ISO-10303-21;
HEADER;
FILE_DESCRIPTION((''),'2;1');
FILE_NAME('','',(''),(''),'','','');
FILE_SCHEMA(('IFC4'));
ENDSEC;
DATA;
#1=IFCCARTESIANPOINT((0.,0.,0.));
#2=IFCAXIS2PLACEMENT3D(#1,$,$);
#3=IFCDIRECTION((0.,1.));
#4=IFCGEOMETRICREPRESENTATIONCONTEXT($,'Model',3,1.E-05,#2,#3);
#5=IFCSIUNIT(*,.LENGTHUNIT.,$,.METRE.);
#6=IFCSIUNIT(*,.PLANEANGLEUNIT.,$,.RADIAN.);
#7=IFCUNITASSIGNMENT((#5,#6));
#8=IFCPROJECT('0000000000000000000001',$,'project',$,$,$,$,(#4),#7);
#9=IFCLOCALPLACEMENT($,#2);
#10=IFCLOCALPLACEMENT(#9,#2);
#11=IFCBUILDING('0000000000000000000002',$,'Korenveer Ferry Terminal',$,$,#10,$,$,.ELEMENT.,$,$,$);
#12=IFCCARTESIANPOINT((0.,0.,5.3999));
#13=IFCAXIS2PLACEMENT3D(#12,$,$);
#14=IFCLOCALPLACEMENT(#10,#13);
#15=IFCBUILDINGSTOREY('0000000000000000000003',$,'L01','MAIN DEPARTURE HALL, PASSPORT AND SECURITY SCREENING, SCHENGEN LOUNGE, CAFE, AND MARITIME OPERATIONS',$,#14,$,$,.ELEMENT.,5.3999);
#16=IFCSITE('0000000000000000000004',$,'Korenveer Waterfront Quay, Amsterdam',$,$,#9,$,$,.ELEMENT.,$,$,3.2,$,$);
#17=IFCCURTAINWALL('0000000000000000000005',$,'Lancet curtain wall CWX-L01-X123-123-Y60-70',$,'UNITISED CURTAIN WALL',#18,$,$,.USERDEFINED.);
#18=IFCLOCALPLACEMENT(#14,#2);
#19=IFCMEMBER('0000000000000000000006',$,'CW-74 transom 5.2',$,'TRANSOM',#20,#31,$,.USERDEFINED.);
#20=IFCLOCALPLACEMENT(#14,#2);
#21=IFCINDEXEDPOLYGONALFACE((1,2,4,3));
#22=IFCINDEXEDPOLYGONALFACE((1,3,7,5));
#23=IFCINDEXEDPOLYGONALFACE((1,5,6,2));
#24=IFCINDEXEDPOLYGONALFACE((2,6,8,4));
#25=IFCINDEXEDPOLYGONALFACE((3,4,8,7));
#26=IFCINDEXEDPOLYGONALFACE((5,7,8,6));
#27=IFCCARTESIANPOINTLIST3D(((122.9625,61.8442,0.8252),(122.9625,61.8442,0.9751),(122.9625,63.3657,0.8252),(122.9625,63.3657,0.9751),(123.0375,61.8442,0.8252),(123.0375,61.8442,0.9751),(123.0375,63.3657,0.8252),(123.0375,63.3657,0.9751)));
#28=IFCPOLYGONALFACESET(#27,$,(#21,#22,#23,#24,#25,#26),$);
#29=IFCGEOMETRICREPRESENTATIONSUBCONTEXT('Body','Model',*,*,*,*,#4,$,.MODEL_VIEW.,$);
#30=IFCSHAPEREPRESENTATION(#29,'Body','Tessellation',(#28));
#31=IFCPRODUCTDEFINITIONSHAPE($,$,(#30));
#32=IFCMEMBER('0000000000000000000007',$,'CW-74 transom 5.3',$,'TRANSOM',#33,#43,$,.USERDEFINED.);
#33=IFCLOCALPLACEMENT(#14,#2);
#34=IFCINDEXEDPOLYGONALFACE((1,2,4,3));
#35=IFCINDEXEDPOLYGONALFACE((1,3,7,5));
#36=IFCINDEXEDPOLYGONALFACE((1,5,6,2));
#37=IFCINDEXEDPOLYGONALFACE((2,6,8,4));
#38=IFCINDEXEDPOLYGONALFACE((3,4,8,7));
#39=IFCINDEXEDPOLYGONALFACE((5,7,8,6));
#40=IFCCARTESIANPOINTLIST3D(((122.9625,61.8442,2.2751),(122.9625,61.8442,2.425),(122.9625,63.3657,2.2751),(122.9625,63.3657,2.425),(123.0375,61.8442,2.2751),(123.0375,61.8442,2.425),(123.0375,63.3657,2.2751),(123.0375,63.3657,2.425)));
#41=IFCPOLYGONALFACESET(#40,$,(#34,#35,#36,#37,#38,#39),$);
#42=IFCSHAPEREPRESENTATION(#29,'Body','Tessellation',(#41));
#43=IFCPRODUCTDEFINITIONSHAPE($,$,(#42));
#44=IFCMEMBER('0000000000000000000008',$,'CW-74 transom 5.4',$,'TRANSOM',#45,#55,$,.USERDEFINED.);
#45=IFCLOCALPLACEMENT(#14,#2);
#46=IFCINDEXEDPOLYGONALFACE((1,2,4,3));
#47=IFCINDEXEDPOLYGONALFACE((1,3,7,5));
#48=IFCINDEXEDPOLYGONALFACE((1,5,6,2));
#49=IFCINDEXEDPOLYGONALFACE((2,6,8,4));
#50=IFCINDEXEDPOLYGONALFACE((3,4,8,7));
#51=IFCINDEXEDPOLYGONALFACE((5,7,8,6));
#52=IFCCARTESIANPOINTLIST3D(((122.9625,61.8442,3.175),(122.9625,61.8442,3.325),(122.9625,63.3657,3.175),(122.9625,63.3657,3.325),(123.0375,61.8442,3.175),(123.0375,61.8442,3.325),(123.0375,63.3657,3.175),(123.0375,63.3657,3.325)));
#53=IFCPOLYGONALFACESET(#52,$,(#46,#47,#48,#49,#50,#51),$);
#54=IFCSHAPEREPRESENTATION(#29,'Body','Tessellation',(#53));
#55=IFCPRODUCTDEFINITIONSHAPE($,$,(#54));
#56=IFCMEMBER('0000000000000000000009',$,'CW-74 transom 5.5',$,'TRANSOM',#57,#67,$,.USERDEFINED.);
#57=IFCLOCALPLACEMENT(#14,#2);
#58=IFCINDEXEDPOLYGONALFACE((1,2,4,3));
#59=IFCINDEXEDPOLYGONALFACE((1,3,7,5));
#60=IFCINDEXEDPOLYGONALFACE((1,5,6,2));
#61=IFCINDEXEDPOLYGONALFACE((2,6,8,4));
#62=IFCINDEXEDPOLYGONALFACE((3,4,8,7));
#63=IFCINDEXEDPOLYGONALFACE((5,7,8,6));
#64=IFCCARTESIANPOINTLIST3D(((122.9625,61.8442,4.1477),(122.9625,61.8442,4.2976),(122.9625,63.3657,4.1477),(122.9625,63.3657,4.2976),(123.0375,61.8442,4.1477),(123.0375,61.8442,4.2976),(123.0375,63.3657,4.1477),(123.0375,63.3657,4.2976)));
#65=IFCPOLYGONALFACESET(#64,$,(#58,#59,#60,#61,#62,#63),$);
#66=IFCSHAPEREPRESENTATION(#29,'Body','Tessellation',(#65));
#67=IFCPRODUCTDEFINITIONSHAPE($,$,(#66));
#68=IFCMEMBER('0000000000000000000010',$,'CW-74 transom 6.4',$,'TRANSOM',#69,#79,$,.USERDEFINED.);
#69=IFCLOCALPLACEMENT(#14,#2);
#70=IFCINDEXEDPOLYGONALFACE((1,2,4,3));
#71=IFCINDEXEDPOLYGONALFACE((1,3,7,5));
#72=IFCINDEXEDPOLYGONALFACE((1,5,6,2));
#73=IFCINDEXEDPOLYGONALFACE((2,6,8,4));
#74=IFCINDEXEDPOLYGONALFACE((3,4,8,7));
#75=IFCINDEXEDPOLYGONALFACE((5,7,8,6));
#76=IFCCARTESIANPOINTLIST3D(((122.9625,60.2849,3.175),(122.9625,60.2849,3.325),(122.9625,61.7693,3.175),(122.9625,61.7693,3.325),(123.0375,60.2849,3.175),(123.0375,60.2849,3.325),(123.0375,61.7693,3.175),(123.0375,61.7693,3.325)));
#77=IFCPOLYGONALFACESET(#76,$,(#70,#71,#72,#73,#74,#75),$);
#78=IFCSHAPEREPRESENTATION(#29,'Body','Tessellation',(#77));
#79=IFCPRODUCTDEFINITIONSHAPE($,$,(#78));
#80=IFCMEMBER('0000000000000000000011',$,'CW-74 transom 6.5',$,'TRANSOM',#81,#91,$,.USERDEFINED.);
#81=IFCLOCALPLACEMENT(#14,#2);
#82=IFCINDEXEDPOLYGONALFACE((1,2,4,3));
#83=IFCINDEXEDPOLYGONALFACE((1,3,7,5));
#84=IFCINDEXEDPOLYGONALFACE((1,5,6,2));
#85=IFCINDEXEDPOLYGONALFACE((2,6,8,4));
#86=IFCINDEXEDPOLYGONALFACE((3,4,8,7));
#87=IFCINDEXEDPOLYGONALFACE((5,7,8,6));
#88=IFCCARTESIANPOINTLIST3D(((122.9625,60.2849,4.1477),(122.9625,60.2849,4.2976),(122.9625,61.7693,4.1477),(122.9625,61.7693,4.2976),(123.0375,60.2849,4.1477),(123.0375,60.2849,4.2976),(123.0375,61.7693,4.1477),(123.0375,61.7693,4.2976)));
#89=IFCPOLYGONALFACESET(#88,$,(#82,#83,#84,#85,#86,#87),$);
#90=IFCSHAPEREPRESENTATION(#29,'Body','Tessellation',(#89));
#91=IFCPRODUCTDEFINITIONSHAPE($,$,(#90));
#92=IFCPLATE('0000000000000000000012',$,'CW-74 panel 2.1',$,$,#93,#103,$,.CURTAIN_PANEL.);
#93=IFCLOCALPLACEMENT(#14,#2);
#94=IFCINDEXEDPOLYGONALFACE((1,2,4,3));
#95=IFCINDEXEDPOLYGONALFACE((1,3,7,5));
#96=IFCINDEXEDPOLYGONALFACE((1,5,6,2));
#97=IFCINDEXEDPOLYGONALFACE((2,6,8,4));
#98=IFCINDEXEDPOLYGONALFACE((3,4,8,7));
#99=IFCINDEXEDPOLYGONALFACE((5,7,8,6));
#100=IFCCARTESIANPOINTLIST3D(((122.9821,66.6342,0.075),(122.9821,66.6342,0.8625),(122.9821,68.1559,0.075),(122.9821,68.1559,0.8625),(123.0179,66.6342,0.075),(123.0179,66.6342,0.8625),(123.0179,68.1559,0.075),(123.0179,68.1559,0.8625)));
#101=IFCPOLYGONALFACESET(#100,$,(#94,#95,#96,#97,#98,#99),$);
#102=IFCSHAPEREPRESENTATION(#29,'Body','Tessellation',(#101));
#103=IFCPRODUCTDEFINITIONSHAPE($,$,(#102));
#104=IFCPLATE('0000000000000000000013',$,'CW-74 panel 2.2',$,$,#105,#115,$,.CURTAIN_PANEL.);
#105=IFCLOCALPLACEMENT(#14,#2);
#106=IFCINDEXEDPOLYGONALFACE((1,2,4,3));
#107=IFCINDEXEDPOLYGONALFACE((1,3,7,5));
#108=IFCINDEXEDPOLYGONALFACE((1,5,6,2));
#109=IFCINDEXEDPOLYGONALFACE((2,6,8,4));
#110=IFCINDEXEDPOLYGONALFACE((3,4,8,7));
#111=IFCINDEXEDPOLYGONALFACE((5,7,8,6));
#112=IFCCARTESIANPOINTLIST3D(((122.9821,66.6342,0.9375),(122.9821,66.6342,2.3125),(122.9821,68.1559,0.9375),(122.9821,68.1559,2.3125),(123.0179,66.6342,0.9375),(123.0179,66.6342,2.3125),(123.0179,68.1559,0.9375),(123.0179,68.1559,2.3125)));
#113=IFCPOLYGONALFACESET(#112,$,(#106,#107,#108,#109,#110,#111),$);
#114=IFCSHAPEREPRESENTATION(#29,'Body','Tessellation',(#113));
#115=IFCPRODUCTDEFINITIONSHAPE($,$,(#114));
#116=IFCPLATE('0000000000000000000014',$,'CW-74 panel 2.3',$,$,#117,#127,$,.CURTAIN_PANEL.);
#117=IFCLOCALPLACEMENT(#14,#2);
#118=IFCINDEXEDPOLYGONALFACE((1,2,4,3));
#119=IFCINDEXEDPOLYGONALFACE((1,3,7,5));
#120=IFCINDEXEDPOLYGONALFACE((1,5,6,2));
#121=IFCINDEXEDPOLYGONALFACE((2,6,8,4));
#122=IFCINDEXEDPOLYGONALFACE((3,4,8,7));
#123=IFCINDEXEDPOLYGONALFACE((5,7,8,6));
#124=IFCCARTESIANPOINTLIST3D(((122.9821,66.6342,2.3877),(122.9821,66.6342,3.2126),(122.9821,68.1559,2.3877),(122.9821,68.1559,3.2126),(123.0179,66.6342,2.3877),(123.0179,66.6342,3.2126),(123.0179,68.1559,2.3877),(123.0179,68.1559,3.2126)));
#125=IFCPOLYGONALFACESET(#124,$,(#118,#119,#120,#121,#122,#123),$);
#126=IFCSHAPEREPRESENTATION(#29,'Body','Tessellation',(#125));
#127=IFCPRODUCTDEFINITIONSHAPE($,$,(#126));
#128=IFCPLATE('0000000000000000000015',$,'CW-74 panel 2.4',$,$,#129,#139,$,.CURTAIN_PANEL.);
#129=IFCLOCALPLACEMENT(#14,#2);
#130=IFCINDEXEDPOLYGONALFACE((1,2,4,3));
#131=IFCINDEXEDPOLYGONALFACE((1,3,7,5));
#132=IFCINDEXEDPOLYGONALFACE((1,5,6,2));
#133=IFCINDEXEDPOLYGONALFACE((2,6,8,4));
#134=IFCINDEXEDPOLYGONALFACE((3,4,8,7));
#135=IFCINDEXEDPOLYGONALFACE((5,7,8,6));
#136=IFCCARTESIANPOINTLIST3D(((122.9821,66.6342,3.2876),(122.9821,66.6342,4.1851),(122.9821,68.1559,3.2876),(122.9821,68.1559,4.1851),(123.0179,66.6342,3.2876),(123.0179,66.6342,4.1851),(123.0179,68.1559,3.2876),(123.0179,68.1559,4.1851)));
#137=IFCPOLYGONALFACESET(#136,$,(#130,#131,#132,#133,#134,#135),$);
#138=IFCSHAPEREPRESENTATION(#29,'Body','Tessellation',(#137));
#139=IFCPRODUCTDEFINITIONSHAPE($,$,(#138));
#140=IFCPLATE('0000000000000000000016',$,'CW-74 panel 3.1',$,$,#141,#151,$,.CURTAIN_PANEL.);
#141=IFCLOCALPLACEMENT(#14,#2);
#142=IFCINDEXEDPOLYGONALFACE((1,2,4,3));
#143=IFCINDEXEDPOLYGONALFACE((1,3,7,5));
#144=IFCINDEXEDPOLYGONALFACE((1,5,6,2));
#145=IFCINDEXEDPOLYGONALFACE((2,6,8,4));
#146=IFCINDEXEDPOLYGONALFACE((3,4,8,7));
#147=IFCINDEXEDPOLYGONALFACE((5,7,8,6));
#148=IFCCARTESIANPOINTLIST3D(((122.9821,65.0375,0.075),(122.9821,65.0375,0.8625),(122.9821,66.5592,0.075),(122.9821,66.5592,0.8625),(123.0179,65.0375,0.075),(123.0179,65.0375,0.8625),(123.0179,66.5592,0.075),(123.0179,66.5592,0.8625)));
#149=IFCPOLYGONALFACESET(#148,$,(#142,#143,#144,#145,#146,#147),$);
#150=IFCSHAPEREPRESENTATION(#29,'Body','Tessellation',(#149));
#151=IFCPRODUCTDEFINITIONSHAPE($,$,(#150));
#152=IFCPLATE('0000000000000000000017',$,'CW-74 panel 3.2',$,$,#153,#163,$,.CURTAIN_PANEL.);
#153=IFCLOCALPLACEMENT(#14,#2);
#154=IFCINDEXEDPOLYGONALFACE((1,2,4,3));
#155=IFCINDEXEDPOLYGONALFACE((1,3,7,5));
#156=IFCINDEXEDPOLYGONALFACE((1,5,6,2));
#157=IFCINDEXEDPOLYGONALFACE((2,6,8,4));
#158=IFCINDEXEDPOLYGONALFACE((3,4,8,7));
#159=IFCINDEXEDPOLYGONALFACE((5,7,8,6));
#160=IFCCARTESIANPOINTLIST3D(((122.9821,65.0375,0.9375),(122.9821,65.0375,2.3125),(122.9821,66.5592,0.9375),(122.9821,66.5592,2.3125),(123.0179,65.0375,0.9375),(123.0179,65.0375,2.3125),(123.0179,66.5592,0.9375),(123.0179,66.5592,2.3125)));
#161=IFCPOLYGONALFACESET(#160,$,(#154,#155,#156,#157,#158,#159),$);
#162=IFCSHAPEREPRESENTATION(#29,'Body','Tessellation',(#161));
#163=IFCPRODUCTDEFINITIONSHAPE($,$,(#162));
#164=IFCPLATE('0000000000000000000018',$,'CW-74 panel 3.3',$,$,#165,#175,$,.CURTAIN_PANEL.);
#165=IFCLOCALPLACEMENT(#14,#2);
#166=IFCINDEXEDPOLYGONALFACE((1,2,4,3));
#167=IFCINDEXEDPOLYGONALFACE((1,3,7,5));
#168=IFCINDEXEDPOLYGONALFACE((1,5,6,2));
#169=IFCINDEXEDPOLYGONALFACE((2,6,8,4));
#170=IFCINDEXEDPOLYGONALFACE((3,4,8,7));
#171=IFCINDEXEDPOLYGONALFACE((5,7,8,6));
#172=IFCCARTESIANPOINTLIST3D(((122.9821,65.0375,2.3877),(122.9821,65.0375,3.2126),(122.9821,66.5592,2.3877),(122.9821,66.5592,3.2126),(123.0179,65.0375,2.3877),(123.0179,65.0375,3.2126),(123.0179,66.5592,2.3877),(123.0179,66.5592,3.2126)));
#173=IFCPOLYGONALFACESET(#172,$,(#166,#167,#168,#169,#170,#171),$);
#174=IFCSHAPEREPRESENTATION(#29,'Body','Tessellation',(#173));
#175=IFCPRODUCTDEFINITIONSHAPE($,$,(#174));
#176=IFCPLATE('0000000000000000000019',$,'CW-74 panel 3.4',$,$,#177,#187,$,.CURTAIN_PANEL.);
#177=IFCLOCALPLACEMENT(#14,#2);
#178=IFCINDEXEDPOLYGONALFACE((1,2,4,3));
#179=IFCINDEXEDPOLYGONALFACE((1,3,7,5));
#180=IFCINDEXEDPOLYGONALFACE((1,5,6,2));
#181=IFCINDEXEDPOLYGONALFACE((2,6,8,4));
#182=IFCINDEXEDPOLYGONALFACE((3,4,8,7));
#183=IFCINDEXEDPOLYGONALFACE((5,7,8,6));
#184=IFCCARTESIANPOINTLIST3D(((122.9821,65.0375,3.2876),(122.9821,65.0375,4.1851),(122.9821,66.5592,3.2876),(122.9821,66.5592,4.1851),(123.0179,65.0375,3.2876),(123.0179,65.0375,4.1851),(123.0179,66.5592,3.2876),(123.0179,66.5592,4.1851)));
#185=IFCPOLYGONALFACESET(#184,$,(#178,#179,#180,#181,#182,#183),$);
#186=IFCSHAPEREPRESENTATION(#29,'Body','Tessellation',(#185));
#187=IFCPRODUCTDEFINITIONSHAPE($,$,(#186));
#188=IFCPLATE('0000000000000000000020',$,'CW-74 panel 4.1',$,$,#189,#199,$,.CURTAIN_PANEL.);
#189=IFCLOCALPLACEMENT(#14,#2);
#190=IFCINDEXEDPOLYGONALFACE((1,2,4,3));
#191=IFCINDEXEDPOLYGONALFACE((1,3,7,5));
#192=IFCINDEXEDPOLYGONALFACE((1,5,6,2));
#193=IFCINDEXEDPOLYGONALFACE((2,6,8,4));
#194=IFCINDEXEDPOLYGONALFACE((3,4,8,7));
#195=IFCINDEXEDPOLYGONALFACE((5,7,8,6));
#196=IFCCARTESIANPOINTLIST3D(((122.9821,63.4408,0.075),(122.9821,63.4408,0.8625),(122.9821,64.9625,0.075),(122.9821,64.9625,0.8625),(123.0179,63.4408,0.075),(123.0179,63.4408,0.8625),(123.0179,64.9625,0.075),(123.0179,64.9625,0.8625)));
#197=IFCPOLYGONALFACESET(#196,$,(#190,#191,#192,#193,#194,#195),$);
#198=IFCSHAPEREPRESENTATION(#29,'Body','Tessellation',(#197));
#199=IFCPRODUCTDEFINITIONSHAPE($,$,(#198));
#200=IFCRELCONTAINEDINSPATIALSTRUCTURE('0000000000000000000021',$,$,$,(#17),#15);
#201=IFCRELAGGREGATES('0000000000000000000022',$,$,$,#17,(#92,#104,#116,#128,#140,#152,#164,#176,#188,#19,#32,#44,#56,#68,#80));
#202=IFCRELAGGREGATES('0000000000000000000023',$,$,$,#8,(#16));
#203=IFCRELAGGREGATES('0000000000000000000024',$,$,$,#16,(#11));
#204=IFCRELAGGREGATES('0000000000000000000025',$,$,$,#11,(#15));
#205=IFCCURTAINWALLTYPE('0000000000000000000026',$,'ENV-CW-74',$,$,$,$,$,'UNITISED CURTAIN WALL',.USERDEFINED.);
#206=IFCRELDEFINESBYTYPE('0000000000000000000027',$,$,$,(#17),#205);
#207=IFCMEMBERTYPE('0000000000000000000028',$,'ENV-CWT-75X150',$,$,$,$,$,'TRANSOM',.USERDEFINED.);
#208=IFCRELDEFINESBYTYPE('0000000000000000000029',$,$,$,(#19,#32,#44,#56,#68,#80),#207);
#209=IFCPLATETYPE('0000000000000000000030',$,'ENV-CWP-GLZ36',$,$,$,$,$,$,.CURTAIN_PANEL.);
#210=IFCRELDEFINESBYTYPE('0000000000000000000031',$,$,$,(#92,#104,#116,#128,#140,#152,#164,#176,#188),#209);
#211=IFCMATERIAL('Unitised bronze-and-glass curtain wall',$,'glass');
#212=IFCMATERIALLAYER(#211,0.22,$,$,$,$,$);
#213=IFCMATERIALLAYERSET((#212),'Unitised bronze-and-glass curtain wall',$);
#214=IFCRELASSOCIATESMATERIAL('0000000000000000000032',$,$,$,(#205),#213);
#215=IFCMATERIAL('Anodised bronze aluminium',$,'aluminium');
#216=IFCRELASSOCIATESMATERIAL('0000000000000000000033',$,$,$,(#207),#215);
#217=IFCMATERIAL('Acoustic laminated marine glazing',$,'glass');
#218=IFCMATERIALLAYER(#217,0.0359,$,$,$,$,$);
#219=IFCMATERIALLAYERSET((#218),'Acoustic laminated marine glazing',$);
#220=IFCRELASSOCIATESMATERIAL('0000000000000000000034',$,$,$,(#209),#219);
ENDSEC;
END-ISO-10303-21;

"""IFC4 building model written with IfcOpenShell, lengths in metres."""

from ifc_helpers import new_model, si_unit, direction, frame, origin, origin_2d, place, context, subcontext, project, spatial, rectangle, extrude, material, layer, layer_set, material_profile, profile_set, type_object, element, aggregate, save


model = new_model("IFC4")

# Units and contexts
model_context = context("Model", 3, precision=1e-05, world=origin(), true_north=direction((0.0, 1.0)))
body_context = subcontext(model_context, "Body", "Model", "MODEL_VIEW")
ifc_project = project(units=[si_unit("LENGTHUNIT", "METRE"), si_unit("PLANEANGLEUNIT", "RADIAN")], contexts=[model_context])

# Site, building, storey
site_placement = place(None, origin())
site = spatial("IfcSite", under=ifc_project, at=site_placement, Name="Korenveer Waterfront Quay, Amsterdam", CompositionType="ELEMENT", RefElevation=3.2)
building_placement = place(site_placement, origin())
building = spatial("IfcBuilding", under=site, at=building_placement, Name="Korenveer Ferry Terminal", CompositionType="ELEMENT")
storey_placement = place(building_placement, frame((0.0, 0.0, 5.3999)))
storey = spatial("IfcBuildingStorey", under=building, at=storey_placement, Name="L01", Description="MAIN DEPARTURE HALL, PASSPORT AND SECURITY SCREENING, SCHENGEN LOUNGE, CAFE, AND MARITIME OPERATIONS", CompositionType="ELEMENT", Elevation=5.3999)

# Curtain wall, members, plates
ifc_material_1 = material(Name="Unitised bronze-and-glass curtain wall", Category="glass")
ifc_layer_1 = layer(ifc_material_1, 0.22)
ifc_layer_set_1 = layer_set([ifc_layer_1], Name="Unitised bronze-and-glass curtain wall")
curtain_wall_type = type_object("IfcCurtainWallType", Name="ENV-CW-74", ElementType="UNITISED CURTAIN WALL", PredefinedType="USERDEFINED", material=ifc_layer_set_1)
curtain_wall_placement = place(storey_placement, frame((123.0, 69.79, 0.0)))
curtain_wall = element("IfcCurtainWall", 1, at=curtain_wall_placement, inside=storey, type_object=curtain_wall_type, Name="Lancet curtain wall CWX-L01-X123-123-Y60-70", ObjectType="UNITISED CURTAIN WALL", PredefinedType="USERDEFINED")
ifc_material_2 = material(Name="Anodised bronze aluminium", Category="aluminium")
ifc_material_profile_1 = material_profile(ifc_material_2, rectangle(XDim=0.075, YDim=0.1499, at=origin_2d()), Name="ALU 75x150")
ifc_profile_set_1 = profile_set([ifc_material_profile_1], Name="Anodised bronze aluminium")
member_type_1 = type_object("IfcMemberType", Name="ENV-CWT-75X150", ElementType="TRANSOM", PredefinedType="USERDEFINED", material=ifc_profile_set_1)
member_1_placement = place(storey_placement, frame((123.0, 63.3657, 0.9001), z_axis=(0.0, -1.0, 0.0), x_axis=(1.0, 0.0, 0.0)))
member_1 = element("IfcMember", 2, at=member_1_placement, type_object=member_type_1, Name="CW-74 transom 5.2", ObjectType="TRANSOM", PredefinedType="USERDEFINED", context=body_context, shape_type="SweptSolid", body=[
    extrude(rectangle(XDim=0.075, YDim=0.1499, at=origin_2d()), origin(), (0.0, 0.0, 1.0), 1.5215),
])
member_2_placement = place(storey_placement, frame((123.0, 63.3657, 2.3501), z_axis=(0.0, -1.0, 0.0), x_axis=(1.0, 0.0, 0.0)))
member_2 = element("IfcMember", 3, at=member_2_placement, type_object=member_type_1, Name="CW-74 transom 5.3", ObjectType="TRANSOM", PredefinedType="USERDEFINED", context=body_context, shape_type="SweptSolid", body=[
    extrude(rectangle(XDim=0.075, YDim=0.1499, at=origin_2d()), origin(), (0.0, 0.0, 1.0), 1.5215),
])
member_3_placement = place(storey_placement, frame((123.0, 63.3657, 3.25), z_axis=(0.0, -1.0, 0.0), x_axis=(1.0, 0.0, 0.0)))
member_3 = element("IfcMember", 4, at=member_3_placement, type_object=member_type_1, Name="CW-74 transom 5.4", ObjectType="TRANSOM", PredefinedType="USERDEFINED", context=body_context, shape_type="SweptSolid", body=[
    extrude(rectangle(XDim=0.075, YDim=0.1499, at=origin_2d()), origin(), (0.0, 0.0, 1.0), 1.5215),
])
member_4_placement = place(storey_placement, frame((123.0, 63.3657, 4.2227), z_axis=(0.0, -1.0, 0.0), x_axis=(1.0, 0.0, 0.0)))
member_4 = element("IfcMember", 5, at=member_4_placement, type_object=member_type_1, Name="CW-74 transom 5.5", ObjectType="TRANSOM", PredefinedType="USERDEFINED", context=body_context, shape_type="SweptSolid", body=[
    extrude(rectangle(XDim=0.075, YDim=0.1499, at=origin_2d()), origin(), (0.0, 0.0, 1.0), 1.5215),
])
member_5_placement = place(storey_placement, frame((123.0, 61.7693, 3.25), z_axis=(0.0, -1.0, 0.0), x_axis=(1.0, 0.0, 0.0)))
member_5 = element("IfcMember", 6, at=member_5_placement, type_object=member_type_1, Name="CW-74 transom 6.4", ObjectType="TRANSOM", PredefinedType="USERDEFINED", context=body_context, shape_type="SweptSolid", body=[
    extrude(rectangle(XDim=0.075, YDim=0.1499, at=origin_2d()), origin(), (0.0, 0.0, 1.0), 1.4844),
])
member_6_placement = place(storey_placement, frame((123.0, 61.7693, 4.2227), z_axis=(0.0, -1.0, 0.0), x_axis=(1.0, 0.0, 0.0)))
member_6 = element("IfcMember", 7, at=member_6_placement, type_object=member_type_1, Name="CW-74 transom 6.5", ObjectType="TRANSOM", PredefinedType="USERDEFINED", context=body_context, shape_type="SweptSolid", body=[
    extrude(rectangle(XDim=0.075, YDim=0.1499, at=origin_2d()), origin(), (0.0, 0.0, 1.0), 1.4844),
])
ifc_material_3 = material(Name="Acoustic laminated marine glazing", Category="glass")
ifc_layer_2 = layer(ifc_material_3, 0.0359)
ifc_layer_set_2 = layer_set([ifc_layer_2], Name="Acoustic laminated marine glazing")
plate_type = type_object("IfcPlateType", Name="ENV-CWP-GLZ36", PredefinedType="CURTAIN_PANEL", material=ifc_layer_set_2)
plate_1_placement = place(storey_placement, frame((123.0, 67.395, 0.075), z_axis=(0.0, 0.0, 1.0), x_axis=(0.0, -1.0, 0.0)))
plate_1 = element("IfcPlate", 8, at=plate_1_placement, type_object=plate_type, Name="CW-74 panel 2.1", PredefinedType="CURTAIN_PANEL", context=body_context, shape_type="SweptSolid", body=[
    extrude(rectangle(XDim=1.5217, YDim=0.0359, at=origin_2d()), origin(), (0.0, 0.0, 1.0), 0.7876),
])
plate_2_placement = place(storey_placement, frame((123.0, 67.395, 0.9375), z_axis=(0.0, 0.0, 1.0), x_axis=(0.0, -1.0, 0.0)))
plate_2 = element("IfcPlate", 9, at=plate_2_placement, type_object=plate_type, Name="CW-74 panel 2.2", PredefinedType="CURTAIN_PANEL", context=body_context, shape_type="SweptSolid", body=[
    extrude(rectangle(XDim=1.5217, YDim=0.0359, at=origin_2d()), origin(), (0.0, 0.0, 1.0), 1.375),
])
plate_3_placement = place(storey_placement, frame((123.0, 67.395, 2.3877), z_axis=(0.0, 0.0, 1.0), x_axis=(0.0, -1.0, 0.0)))
plate_3 = element("IfcPlate", 10, at=plate_3_placement, type_object=plate_type, Name="CW-74 panel 2.3", PredefinedType="CURTAIN_PANEL", context=body_context, shape_type="SweptSolid", body=[
    extrude(rectangle(XDim=1.5217, YDim=0.0359, at=origin_2d()), origin(), (0.0, 0.0, 1.0), 0.825),
])
plate_4_placement = place(storey_placement, frame((123.0, 67.395, 3.2876), z_axis=(0.0, 0.0, 1.0), x_axis=(0.0, -1.0, 0.0)))
plate_4 = element("IfcPlate", 11, at=plate_4_placement, type_object=plate_type, Name="CW-74 panel 2.4", PredefinedType="CURTAIN_PANEL", context=body_context, shape_type="SweptSolid", body=[
    extrude(rectangle(XDim=1.5217, YDim=0.0359, at=origin_2d()), origin(), (0.0, 0.0, 1.0), 0.8975),
])
plate_5_placement = place(storey_placement, frame((123.0, 65.7983, 0.075), z_axis=(0.0, 0.0, 1.0), x_axis=(0.0, -1.0, 0.0)))
plate_5 = element("IfcPlate", 12, at=plate_5_placement, type_object=plate_type, Name="CW-74 panel 3.1", PredefinedType="CURTAIN_PANEL", context=body_context, shape_type="SweptSolid", body=[
    extrude(rectangle(XDim=1.5217, YDim=0.0359, at=origin_2d()), origin(), (0.0, 0.0, 1.0), 0.7876),
])
plate_6_placement = place(storey_placement, frame((123.0, 65.7983, 0.9375), z_axis=(0.0, 0.0, 1.0), x_axis=(0.0, -1.0, 0.0)))
plate_6 = element("IfcPlate", 13, at=plate_6_placement, type_object=plate_type, Name="CW-74 panel 3.2", PredefinedType="CURTAIN_PANEL", context=body_context, shape_type="SweptSolid", body=[
    extrude(rectangle(XDim=1.5217, YDim=0.0359, at=origin_2d()), origin(), (0.0, 0.0, 1.0), 1.375),
])
plate_7_placement = place(storey_placement, frame((123.0, 65.7983, 2.3877), z_axis=(0.0, 0.0, 1.0), x_axis=(0.0, -1.0, 0.0)))
plate_7 = element("IfcPlate", 14, at=plate_7_placement, type_object=plate_type, Name="CW-74 panel 3.3", PredefinedType="CURTAIN_PANEL", context=body_context, shape_type="SweptSolid", body=[
    extrude(rectangle(XDim=1.5217, YDim=0.0359, at=origin_2d()), origin(), (0.0, 0.0, 1.0), 0.825),
])
plate_8_placement = place(storey_placement, frame((123.0, 65.7983, 3.2876), z_axis=(0.0, 0.0, 1.0), x_axis=(0.0, -1.0, 0.0)))
plate_8 = element("IfcPlate", 15, at=plate_8_placement, type_object=plate_type, Name="CW-74 panel 3.4", PredefinedType="CURTAIN_PANEL", context=body_context, shape_type="SweptSolid", body=[
    extrude(rectangle(XDim=1.5217, YDim=0.0359, at=origin_2d()), origin(), (0.0, 0.0, 1.0), 0.8975),
])
plate_9_placement = place(storey_placement, frame((123.0, 64.2017, 0.075), z_axis=(0.0, 0.0, 1.0), x_axis=(0.0, -1.0, 0.0)))
plate_9 = element("IfcPlate", 16, at=plate_9_placement, type_object=plate_type, Name="CW-74 panel 4.1", PredefinedType="CURTAIN_PANEL", context=body_context, shape_type="SweptSolid", body=[
    extrude(rectangle(XDim=1.5217, YDim=0.0359, at=origin_2d()), origin(), (0.0, 0.0, 1.0), 0.7876),
])
aggregate(curtain_wall, [plate_1, plate_2, plate_3, plate_4, plate_5, plate_6, plate_7, plate_8, plate_9, member_1, member_2, member_3, member_4, member_5, member_6])

save(model, "model.ifc")
